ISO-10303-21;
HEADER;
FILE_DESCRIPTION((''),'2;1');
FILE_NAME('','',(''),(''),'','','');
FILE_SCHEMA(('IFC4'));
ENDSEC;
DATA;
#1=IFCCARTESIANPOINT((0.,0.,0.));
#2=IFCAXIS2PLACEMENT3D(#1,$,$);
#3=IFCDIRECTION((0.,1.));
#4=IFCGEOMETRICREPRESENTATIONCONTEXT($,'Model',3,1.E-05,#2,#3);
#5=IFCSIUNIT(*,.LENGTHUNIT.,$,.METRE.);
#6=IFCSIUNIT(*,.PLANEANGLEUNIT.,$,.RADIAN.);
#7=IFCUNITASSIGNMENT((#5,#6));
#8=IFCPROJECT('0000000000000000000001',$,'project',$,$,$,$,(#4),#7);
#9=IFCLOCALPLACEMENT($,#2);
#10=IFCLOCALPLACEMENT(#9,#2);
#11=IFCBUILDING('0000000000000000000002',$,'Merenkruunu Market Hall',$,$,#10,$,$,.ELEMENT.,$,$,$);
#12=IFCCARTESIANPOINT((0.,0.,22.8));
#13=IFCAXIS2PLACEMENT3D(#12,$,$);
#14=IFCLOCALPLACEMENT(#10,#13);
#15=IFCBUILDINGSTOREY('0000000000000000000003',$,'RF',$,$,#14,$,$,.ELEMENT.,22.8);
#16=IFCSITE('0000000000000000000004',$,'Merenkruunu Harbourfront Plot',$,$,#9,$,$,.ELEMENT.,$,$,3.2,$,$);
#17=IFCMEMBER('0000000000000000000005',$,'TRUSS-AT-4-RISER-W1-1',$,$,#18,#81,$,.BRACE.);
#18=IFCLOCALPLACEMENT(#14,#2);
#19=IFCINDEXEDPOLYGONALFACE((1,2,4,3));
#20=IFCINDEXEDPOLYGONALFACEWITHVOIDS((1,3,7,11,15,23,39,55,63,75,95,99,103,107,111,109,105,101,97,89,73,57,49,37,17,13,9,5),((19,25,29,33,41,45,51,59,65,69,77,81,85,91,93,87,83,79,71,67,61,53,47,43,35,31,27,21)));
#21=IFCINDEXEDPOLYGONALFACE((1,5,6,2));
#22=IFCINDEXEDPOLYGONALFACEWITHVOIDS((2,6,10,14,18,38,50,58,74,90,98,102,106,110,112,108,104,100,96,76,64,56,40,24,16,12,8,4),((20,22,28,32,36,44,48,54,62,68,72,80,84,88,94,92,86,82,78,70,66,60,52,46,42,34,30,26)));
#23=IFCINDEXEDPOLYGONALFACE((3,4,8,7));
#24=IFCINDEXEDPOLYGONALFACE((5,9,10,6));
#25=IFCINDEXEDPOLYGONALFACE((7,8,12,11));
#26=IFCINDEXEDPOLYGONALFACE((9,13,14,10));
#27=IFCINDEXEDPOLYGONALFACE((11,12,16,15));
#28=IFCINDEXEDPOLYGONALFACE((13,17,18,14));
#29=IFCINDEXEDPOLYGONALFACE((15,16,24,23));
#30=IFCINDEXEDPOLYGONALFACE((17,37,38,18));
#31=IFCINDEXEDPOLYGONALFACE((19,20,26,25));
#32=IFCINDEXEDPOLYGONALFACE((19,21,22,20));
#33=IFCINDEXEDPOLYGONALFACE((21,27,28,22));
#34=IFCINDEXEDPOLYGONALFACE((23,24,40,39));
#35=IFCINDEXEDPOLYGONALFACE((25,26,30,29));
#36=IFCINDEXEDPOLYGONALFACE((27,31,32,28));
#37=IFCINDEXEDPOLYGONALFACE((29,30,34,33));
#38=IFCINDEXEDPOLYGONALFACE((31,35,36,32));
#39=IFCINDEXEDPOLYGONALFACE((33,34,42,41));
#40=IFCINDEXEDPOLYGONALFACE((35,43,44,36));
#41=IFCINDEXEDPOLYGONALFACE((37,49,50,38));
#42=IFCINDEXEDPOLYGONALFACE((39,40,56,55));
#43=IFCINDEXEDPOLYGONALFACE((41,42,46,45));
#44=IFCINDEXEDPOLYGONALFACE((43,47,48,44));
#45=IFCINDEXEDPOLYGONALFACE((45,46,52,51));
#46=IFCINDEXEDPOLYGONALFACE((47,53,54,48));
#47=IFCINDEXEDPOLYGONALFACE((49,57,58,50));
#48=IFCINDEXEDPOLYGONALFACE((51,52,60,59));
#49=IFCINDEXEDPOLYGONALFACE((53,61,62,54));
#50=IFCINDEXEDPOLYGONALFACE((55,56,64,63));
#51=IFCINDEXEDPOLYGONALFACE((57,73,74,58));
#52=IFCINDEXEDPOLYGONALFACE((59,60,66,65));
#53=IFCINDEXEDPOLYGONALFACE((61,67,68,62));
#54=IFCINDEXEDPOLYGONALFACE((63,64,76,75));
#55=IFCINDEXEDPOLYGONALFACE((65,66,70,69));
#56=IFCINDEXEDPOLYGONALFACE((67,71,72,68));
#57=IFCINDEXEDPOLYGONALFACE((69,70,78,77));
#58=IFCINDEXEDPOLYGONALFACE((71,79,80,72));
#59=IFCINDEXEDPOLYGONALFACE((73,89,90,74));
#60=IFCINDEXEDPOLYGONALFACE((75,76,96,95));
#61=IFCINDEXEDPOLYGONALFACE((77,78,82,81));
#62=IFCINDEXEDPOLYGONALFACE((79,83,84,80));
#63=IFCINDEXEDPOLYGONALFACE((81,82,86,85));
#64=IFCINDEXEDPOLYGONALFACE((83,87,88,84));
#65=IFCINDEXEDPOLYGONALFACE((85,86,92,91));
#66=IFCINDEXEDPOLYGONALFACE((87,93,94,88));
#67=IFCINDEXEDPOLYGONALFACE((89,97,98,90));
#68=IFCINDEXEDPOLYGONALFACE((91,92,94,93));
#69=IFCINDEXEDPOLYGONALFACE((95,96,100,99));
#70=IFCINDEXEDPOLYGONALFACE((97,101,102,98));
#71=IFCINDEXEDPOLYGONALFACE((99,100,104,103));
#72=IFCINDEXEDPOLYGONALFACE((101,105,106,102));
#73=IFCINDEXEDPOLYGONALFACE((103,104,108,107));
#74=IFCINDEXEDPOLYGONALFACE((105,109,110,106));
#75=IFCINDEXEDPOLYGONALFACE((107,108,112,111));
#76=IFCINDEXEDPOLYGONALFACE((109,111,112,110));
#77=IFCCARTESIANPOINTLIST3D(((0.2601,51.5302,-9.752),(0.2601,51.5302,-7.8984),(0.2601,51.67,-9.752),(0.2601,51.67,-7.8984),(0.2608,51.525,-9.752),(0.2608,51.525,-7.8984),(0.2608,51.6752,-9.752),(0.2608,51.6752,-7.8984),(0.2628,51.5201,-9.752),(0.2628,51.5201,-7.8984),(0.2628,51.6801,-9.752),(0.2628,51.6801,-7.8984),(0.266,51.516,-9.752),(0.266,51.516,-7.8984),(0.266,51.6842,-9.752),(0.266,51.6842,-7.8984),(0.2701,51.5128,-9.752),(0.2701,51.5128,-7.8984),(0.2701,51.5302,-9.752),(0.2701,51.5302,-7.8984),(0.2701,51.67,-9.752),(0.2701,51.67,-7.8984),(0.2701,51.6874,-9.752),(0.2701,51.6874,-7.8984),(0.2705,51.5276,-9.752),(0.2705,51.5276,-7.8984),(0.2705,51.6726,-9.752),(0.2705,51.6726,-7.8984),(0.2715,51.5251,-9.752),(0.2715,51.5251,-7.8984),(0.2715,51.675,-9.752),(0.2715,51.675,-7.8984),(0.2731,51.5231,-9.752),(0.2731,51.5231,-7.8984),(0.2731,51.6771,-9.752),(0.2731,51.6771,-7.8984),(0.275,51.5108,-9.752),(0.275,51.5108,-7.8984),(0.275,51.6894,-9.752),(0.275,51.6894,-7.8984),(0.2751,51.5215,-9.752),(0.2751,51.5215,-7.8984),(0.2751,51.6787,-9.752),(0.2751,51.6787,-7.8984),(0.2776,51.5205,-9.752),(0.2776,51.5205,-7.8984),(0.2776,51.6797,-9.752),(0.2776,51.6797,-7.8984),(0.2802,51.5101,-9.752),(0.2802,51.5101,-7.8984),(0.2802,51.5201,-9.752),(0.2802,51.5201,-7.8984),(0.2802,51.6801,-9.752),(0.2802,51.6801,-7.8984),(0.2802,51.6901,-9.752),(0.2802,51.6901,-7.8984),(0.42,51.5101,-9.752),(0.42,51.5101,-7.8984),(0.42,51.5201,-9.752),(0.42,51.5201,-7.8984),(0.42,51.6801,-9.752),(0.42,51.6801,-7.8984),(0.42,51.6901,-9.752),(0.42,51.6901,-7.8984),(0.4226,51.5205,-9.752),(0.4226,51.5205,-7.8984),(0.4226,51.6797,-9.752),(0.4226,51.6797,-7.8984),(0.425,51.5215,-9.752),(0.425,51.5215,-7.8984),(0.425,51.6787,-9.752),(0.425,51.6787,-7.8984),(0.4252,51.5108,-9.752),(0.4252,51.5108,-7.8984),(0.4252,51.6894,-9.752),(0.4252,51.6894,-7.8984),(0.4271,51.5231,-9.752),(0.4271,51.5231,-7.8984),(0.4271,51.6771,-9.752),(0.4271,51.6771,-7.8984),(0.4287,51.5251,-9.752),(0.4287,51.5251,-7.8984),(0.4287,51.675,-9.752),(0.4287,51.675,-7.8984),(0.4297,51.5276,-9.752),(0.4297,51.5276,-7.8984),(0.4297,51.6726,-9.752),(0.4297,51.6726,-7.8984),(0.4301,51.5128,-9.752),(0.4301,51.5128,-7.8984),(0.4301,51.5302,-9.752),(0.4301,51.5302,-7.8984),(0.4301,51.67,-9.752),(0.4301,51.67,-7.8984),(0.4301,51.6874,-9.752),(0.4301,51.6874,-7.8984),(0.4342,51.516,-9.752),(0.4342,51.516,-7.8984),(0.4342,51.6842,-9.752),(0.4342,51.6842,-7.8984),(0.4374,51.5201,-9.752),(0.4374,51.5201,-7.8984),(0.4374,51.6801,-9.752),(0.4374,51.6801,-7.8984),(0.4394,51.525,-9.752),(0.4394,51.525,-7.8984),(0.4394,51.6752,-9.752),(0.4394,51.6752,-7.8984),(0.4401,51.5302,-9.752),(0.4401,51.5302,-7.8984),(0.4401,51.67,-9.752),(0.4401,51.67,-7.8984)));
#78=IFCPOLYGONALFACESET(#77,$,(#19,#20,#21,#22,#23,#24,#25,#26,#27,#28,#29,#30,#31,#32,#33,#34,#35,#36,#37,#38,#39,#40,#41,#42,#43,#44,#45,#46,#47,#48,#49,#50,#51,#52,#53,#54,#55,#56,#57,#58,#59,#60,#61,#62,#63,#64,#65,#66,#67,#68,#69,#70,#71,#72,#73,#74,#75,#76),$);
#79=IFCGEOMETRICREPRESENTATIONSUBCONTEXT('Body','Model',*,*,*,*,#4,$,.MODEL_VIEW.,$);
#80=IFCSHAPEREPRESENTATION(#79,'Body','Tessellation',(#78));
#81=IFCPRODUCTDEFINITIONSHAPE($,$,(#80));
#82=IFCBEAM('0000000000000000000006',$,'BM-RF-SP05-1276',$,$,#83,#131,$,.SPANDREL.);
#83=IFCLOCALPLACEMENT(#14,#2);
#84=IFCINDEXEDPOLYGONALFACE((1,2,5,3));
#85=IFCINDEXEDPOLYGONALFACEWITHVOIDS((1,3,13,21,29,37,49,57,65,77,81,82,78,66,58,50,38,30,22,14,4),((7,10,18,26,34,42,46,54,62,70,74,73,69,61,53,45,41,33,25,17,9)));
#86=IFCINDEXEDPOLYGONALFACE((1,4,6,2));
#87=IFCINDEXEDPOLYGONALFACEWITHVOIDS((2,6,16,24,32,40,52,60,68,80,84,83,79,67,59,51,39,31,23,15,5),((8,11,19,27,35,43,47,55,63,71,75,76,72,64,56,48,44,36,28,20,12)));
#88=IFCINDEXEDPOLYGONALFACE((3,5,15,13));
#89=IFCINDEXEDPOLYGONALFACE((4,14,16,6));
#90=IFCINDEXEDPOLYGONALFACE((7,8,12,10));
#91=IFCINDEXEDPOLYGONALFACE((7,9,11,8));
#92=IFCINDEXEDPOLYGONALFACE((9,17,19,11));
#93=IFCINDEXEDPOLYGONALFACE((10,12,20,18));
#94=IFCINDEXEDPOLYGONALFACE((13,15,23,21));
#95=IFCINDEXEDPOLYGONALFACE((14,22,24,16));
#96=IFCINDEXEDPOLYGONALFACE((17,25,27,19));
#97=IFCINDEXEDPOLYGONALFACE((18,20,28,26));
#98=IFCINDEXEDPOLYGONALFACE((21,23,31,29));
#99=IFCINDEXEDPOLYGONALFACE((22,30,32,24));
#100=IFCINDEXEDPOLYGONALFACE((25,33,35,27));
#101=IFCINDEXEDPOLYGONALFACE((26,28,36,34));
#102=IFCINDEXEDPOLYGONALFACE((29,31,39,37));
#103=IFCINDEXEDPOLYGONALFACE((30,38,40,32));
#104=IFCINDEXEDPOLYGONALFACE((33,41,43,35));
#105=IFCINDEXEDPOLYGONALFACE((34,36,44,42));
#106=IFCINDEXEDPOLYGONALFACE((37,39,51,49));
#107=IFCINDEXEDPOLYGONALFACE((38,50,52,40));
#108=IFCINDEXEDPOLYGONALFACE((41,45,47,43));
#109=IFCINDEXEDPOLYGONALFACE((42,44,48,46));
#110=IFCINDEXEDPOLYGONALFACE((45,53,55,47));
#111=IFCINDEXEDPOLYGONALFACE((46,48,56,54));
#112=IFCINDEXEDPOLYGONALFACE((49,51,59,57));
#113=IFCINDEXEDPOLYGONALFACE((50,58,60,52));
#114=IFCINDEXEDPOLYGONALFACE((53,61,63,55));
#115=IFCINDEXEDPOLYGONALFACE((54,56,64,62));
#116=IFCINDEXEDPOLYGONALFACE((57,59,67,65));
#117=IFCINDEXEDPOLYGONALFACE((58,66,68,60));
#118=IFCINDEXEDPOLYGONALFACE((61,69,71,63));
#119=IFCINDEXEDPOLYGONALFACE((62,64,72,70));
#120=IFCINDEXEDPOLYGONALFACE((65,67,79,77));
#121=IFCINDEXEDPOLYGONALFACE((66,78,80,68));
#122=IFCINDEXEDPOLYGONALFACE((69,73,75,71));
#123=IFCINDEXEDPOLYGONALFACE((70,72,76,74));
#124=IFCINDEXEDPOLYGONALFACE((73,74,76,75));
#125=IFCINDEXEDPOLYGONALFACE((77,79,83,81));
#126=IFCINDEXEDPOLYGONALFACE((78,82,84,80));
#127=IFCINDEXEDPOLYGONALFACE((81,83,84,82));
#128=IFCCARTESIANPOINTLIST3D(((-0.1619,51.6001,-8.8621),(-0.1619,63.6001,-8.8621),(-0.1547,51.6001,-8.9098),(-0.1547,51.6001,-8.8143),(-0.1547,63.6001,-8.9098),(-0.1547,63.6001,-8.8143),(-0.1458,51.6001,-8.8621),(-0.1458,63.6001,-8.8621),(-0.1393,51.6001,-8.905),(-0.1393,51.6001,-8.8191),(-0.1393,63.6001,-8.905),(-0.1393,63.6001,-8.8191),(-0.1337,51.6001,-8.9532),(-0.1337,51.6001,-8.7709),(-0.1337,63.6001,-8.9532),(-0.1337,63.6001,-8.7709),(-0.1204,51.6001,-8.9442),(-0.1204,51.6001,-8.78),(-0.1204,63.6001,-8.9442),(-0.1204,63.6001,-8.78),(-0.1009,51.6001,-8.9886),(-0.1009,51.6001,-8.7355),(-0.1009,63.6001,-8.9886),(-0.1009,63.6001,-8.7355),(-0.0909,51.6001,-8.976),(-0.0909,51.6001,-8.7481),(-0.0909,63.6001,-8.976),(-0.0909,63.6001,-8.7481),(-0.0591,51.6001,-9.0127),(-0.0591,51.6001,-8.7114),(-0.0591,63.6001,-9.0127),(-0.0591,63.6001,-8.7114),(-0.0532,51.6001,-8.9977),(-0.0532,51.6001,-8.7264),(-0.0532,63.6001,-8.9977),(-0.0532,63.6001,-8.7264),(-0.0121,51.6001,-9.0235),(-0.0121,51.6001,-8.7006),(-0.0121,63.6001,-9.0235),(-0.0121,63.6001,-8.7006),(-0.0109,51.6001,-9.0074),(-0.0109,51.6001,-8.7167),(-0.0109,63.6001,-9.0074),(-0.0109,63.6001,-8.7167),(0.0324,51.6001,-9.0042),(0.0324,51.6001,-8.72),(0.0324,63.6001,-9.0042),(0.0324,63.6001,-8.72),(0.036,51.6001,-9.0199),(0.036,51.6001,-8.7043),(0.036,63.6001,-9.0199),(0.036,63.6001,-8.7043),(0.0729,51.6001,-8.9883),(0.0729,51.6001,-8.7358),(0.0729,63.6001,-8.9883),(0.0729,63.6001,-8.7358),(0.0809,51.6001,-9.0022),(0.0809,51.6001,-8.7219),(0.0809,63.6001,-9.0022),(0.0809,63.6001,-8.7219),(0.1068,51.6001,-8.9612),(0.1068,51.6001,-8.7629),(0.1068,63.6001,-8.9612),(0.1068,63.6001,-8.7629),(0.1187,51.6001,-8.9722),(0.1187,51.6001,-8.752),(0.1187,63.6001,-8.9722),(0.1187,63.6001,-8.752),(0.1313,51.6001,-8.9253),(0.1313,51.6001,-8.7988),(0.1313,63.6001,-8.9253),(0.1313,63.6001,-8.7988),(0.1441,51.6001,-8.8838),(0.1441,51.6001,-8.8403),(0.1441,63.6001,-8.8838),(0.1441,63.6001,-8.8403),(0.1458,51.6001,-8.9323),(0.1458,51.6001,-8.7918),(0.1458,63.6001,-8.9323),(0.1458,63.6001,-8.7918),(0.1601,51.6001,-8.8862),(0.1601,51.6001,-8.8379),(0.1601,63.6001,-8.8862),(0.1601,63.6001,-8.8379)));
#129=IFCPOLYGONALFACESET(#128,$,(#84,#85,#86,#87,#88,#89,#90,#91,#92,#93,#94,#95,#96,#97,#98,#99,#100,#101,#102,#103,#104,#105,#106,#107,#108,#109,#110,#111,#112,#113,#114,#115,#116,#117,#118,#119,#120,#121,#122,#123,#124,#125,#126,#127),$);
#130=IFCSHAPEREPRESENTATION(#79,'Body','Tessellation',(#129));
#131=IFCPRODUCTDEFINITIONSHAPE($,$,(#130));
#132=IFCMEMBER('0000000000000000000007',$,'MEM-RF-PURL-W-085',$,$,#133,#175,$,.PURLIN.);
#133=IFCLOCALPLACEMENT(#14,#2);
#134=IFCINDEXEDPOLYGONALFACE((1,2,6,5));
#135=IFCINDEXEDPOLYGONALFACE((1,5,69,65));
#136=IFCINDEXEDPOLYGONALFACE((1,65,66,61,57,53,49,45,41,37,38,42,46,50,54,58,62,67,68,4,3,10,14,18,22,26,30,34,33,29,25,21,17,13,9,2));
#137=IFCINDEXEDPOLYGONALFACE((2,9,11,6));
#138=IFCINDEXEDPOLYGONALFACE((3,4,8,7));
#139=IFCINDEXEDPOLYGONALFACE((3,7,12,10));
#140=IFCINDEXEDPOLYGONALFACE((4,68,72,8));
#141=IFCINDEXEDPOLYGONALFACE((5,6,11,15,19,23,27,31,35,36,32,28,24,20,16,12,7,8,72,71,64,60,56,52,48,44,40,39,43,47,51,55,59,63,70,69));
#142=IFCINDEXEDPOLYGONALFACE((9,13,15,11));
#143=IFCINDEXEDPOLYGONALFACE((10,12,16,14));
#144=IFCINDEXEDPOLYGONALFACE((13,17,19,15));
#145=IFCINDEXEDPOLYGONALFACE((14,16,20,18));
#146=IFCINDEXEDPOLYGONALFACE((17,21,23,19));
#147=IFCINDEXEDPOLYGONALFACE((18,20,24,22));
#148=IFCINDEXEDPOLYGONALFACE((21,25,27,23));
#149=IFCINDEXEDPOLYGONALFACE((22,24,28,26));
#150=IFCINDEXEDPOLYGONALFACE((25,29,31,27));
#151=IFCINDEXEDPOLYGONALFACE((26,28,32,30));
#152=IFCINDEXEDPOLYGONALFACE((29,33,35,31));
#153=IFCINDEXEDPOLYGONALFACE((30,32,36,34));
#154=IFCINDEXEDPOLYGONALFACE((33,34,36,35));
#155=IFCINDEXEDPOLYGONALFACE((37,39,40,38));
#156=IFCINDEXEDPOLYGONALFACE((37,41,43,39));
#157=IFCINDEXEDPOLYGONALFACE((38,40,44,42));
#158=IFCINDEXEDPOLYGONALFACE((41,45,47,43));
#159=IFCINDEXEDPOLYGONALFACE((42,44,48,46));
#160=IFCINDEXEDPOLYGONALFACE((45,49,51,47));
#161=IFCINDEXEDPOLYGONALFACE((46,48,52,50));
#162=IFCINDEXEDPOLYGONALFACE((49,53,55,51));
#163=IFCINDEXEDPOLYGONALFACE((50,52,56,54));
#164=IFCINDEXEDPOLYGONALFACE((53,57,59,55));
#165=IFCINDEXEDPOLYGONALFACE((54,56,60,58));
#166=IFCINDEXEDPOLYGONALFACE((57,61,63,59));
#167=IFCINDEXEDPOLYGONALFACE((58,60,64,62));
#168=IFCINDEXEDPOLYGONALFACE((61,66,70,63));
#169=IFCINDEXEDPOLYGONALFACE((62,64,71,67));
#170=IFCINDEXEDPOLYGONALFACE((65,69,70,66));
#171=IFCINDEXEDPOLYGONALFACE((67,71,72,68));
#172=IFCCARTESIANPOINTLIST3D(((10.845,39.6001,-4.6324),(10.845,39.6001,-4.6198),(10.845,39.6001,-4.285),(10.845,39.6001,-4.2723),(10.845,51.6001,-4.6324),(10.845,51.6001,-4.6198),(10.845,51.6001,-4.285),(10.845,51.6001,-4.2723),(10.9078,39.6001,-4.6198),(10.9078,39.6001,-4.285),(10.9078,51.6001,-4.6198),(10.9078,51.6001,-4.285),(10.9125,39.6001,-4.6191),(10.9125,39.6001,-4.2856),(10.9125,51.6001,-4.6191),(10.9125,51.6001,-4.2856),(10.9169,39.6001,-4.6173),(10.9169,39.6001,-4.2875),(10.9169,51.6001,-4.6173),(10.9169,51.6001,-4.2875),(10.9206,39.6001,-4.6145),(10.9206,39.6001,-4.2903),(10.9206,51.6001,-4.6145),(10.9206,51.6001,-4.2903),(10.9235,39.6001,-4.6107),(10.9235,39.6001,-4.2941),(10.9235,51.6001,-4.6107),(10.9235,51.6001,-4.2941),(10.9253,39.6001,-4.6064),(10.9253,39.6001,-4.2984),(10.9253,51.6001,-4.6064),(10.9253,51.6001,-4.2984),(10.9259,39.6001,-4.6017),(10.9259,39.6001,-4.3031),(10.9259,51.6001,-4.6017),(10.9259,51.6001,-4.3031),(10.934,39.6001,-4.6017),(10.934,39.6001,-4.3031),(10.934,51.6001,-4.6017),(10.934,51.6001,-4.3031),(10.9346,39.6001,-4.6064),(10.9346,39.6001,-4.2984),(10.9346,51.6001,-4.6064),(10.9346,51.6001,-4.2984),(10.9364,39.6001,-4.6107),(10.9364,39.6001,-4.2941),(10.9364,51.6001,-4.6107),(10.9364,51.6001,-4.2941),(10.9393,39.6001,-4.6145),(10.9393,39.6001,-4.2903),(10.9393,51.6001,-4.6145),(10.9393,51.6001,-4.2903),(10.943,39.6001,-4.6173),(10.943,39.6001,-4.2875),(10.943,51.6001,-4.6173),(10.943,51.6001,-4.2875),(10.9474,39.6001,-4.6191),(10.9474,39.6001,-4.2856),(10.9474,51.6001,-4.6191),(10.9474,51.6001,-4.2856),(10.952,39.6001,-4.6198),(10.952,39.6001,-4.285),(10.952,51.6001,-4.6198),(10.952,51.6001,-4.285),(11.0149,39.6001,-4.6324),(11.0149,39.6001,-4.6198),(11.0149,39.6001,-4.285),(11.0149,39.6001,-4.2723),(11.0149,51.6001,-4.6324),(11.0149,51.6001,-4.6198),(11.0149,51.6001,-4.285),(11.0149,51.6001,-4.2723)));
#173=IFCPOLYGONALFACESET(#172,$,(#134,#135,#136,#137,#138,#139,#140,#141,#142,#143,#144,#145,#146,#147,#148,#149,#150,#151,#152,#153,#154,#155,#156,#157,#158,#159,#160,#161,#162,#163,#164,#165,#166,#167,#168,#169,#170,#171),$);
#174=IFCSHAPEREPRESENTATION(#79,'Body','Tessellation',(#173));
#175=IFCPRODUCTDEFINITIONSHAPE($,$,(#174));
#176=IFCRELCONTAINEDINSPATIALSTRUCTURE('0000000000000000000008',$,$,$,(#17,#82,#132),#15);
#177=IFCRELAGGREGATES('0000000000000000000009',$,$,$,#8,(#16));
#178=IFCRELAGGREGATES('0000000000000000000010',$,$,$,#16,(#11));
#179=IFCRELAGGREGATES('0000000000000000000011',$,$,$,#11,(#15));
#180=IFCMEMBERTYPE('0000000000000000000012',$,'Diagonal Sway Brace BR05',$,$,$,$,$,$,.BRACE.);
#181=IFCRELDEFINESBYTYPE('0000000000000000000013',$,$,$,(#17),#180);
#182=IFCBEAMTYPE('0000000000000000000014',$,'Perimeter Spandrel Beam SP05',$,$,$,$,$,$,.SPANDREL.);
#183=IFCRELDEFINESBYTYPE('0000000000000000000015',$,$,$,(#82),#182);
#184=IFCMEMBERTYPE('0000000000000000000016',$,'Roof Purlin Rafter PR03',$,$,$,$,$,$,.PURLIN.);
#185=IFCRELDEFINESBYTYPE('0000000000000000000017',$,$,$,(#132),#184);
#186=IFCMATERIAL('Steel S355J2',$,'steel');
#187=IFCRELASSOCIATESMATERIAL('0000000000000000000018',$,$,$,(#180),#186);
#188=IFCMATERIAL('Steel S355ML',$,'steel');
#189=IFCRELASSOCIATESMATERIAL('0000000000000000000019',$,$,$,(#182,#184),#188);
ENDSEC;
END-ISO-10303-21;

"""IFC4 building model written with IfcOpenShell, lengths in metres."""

from ifc_helpers import new_model, si_unit, direction, frame, origin, origin_2d, place, context, subcontext, project, spatial, hollow_rectangle, hollow_circle, i_section, extrude, material, material_profile, profile_set, type_object, element, save


model = new_model("IFC4")

# Units and contexts
model_context = context("Model", 3, precision=1e-05, world=origin(), true_north=direction((0.0, 1.0)))
body_context = subcontext(model_context, "Body", "Model", "MODEL_VIEW")
ifc_project = project(units=[si_unit("LENGTHUNIT", "METRE"), si_unit("PLANEANGLEUNIT", "RADIAN")], contexts=[model_context])

# Site, building, storey
site_placement = place(None, origin())
site = spatial("IfcSite", under=ifc_project, at=site_placement, Name="Merenkruunu Harbourfront Plot", CompositionType="ELEMENT", RefElevation=3.2)
building_placement = place(site_placement, origin())
building = spatial("IfcBuilding", under=site, at=building_placement, Name="Merenkruunu Market Hall", CompositionType="ELEMENT")
storey_placement = place(building_placement, frame((0.0, 0.0, 22.8)))
storey = spatial("IfcBuildingStorey", under=building, at=storey_placement, Name="RF", CompositionType="ELEMENT", Elevation=22.8)

# Shared definitions
ifc_material_1 = material(Name="Steel S355ML", Category="steel")

# Member
ifc_material_2 = material(Name="Steel S355J2", Category="steel")
ifc_material_profile_1 = material_profile(ifc_material_2, hollow_rectangle(XDim=0.1799, YDim=0.1799, WallThickness=0.01, InnerFilletRadius=0.01, OuterFilletRadius=0.02, at=origin_2d()), Name="SHS 180x180x10")
ifc_profile_set_1 = profile_set([ifc_material_profile_1], Name="Steel S355J2")
member_type_1 = type_object("IfcMemberType", Name="Diagonal Sway Brace BR05", PredefinedType="BRACE", material=ifc_profile_set_1)
member_1_placement = place(storey_placement, frame((0.3501, 51.6001, -9.752), z_axis=(0.0, 0.0, 1.0), x_axis=(1.0, 0.0, 0.0)))
element("IfcMember", 1, at=member_1_placement, inside=storey, type_object=member_type_1, Name="TRUSS-AT-4-RISER-W1-1", PredefinedType="BRACE", context=body_context, shape_type="SweptSolid", body=[
    extrude(hollow_rectangle(XDim=0.1799, YDim=0.1799, WallThickness=0.01, InnerFilletRadius=0.01, OuterFilletRadius=0.02, at=origin_2d()), origin(), (0.0, 0.0, 1.0), 1.8535),
])

# Beam
ifc_material_profile_2 = material_profile(ifc_material_1, hollow_circle(Radius=0.1619, WallThickness=0.0161, at=origin_2d()), Name="CHS 323.9x16")
ifc_profile_set_2 = profile_set([ifc_material_profile_2], Name="Steel S355ML")
beam_type = type_object("IfcBeamType", Name="Perimeter Spandrel Beam SP05", PredefinedType="SPANDREL", material=ifc_profile_set_2)
beam_placement = place(storey_placement, frame((0.0, 51.6001, -8.8621), z_axis=(0.0, 1.0, 0.0), x_axis=(-1.0, 0.0, 0.0)))
element("IfcBeam", 2, at=beam_placement, inside=storey, type_object=beam_type, Name="BM-RF-SP05-1276", PredefinedType="SPANDREL", context=body_context, shape_type="SweptSolid", body=[
    extrude(hollow_circle(Radius=0.1619, WallThickness=0.0161, at=origin_2d()), origin(), (0.0, 0.0, 1.0), 12.0),
])

# Member
ifc_material_profile_3 = material_profile(ifc_material_1, i_section(OverallWidth=0.1699, OverallDepth=0.3601, WebThickness=0.0081, FlangeThickness=0.0127, FilletRadius=0.0181, at=origin_2d()), Name="IPE 360")
ifc_profile_set_3 = profile_set([ifc_material_profile_3], Name="Steel S355ML")
member_type_2 = type_object("IfcMemberType", Name="Roof Purlin Rafter PR03", PredefinedType="PURLIN", material=ifc_profile_set_3)
member_2_placement = place(storey_placement, frame((10.9299, 39.6001, -4.4524), z_axis=(0.0, 1.0, 0.0), x_axis=(-1.0, 0.0, 0.0)))
element("IfcMember", 3, at=member_2_placement, inside=storey, type_object=member_type_2, Name="MEM-RF-PURL-W-085", PredefinedType="PURLIN", context=body_context, shape_type="SweptSolid", body=[
    extrude(i_section(OverallWidth=0.1699, OverallDepth=0.3601, WebThickness=0.0081, FlangeThickness=0.0127, FilletRadius=0.0181, at=origin_2d()), origin(), (0.0, 0.0, 1.0), 12.0),
])

save(model, "model.ifc")
